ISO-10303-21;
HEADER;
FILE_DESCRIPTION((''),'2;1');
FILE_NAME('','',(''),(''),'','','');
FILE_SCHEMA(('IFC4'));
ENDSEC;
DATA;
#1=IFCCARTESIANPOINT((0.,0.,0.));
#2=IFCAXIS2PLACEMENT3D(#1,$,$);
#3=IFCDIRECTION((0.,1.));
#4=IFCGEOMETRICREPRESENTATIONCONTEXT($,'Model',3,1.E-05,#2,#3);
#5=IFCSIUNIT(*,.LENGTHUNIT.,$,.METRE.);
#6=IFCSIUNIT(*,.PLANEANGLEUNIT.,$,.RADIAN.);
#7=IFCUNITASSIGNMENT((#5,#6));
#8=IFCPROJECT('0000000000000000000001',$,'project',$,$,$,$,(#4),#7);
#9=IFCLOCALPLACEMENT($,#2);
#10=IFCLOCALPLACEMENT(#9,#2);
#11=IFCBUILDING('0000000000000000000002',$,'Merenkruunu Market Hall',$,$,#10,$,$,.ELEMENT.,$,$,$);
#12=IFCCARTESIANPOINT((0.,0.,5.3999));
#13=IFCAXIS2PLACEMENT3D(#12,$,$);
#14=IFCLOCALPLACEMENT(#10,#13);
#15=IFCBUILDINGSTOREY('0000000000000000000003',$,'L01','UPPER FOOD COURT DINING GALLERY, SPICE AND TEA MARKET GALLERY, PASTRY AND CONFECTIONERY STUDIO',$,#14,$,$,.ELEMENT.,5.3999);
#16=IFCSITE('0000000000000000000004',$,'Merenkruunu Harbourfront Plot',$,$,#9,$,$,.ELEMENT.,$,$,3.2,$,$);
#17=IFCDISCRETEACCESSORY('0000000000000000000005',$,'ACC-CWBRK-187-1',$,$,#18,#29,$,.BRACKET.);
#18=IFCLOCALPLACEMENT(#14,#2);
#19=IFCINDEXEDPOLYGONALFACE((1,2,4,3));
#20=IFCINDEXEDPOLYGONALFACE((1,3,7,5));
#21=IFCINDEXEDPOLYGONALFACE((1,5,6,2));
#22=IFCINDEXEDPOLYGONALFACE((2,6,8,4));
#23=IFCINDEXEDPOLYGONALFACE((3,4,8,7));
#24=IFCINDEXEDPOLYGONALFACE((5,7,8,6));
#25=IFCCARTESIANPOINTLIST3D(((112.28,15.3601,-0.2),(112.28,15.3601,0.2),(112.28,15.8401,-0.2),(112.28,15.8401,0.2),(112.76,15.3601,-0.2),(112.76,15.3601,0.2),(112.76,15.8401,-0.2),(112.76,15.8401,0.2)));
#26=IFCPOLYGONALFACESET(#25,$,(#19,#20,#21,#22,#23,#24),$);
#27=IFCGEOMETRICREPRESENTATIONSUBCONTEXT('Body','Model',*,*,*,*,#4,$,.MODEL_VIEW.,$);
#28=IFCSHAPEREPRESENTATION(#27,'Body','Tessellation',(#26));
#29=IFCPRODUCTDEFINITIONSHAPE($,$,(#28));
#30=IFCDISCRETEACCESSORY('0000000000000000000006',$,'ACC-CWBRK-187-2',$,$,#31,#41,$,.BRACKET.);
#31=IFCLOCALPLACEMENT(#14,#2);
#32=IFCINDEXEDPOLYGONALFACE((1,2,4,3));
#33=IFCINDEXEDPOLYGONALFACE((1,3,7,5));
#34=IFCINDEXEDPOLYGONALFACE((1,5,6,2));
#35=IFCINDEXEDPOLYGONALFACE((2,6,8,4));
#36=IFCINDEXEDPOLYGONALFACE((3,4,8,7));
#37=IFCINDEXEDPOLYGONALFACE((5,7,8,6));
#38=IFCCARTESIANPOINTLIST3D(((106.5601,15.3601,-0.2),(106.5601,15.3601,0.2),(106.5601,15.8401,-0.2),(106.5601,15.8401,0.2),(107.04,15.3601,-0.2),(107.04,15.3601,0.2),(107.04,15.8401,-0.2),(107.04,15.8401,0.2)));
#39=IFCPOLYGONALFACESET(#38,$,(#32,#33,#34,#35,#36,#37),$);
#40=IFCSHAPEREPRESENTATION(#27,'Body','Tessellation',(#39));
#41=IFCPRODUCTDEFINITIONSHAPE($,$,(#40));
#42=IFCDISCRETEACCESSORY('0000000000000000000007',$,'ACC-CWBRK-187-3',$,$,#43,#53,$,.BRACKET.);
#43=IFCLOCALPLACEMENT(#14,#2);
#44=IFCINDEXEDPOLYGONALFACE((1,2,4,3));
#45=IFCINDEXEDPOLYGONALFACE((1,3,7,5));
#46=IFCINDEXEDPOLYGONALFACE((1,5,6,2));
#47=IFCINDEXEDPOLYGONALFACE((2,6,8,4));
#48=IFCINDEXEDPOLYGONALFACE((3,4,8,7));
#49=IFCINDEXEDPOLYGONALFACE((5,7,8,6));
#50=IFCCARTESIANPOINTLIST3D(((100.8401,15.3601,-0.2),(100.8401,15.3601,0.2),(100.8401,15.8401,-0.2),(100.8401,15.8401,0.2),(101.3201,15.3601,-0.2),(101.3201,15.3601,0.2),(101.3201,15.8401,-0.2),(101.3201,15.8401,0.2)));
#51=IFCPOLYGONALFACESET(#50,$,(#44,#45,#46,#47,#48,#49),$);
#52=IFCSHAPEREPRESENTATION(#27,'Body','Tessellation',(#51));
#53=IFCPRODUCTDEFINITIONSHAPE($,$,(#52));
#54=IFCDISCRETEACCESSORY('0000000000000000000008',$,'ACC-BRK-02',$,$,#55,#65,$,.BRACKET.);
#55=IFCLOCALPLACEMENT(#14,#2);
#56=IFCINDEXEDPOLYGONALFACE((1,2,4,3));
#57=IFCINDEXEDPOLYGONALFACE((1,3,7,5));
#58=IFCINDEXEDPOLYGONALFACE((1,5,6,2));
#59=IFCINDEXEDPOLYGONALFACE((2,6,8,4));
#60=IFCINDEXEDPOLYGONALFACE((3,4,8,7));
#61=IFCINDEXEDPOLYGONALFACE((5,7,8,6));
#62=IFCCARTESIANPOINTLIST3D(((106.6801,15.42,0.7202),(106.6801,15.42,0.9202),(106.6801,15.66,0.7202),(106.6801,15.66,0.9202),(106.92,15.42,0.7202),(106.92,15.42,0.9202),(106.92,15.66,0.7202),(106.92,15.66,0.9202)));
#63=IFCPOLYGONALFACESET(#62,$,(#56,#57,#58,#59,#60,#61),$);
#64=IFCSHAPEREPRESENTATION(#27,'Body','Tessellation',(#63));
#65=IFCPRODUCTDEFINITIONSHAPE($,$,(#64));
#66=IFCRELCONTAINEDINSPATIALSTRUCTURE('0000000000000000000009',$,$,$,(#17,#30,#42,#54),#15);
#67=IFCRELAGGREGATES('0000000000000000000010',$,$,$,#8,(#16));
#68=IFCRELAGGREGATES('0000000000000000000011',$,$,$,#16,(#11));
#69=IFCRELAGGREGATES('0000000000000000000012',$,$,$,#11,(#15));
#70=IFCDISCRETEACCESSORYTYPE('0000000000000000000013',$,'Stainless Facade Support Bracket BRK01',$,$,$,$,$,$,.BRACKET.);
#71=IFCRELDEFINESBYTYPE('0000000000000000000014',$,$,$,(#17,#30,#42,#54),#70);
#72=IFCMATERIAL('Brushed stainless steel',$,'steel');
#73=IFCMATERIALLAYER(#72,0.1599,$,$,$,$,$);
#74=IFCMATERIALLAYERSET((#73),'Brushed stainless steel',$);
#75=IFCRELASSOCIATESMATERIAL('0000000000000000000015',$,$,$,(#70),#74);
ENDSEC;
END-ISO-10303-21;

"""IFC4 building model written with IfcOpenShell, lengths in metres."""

from ifc_helpers import new_model, si_unit, direction, frame, origin, origin_2d, place, context, subcontext, project, spatial, rectangle, extrude, material, layer, layer_set, type_object, element, save


model = new_model("IFC4")

# Units and contexts
model_context = context("Model", 3, precision=1e-05, world=origin(), true_north=direction((0.0, 1.0)))
body_context = subcontext(model_context, "Body", "Model", "MODEL_VIEW")
ifc_project = project(units=[si_unit("LENGTHUNIT", "METRE"), si_unit("PLANEANGLEUNIT", "RADIAN")], contexts=[model_context])

# Site, building, storey
site_placement = place(None, origin())
site = spatial("IfcSite", under=ifc_project, at=site_placement, Name="Merenkruunu Harbourfront Plot", CompositionType="ELEMENT", RefElevation=3.2)
building_placement = place(site_placement, origin())
building = spatial("IfcBuilding", under=site, at=building_placement, Name="Merenkruunu Market Hall", CompositionType="ELEMENT")
storey_placement = place(building_placement, frame((0.0, 0.0, 5.3999)))
storey = spatial("IfcBuildingStorey", under=building, at=storey_placement, Name="L01", Description="UPPER FOOD COURT DINING GALLERY, SPICE AND TEA MARKET GALLERY, PASTRY AND CONFECTIONERY STUDIO", CompositionType="ELEMENT", Elevation=5.3999)

# Discrete accessories
ifc_material_1 = material(Name="Brushed stainless steel", Category="steel")
ifc_layer_1 = layer(ifc_material_1, 0.1599)
ifc_layer_set_1 = layer_set([ifc_layer_1], Name="Brushed stainless steel")
discrete_accessory_type = type_object("IfcDiscreteAccessoryType", Name="Stainless Facade Support Bracket BRK01", PredefinedType="BRACKET", material=ifc_layer_set_1)
for number, where, z_axis, x_axis, name in (
    (1, (112.52, 15.6001, -0.2), (0.0, 0.0, 1.0), (1.0, 0.0, 0.0), "ACC-CWBRK-187-1"),
    (2, (106.8, 15.6001, -0.2), (0.0, 0.0, 1.0), (1.0, 0.0, 0.0), "ACC-CWBRK-187-2"),
    (3, (101.0801, 15.6001, -0.2), (0.0, 0.0, 1.0), (1.0, 0.0, 0.0), "ACC-CWBRK-187-3"),
):
    element("IfcDiscreteAccessory", number, at=place(storey_placement, frame(where, z_axis=z_axis, x_axis=x_axis)), inside=storey, type_object=discrete_accessory_type, Name=name, PredefinedType="BRACKET", context=body_context, shape_type="SweptSolid", body=[
        extrude(rectangle(XDim=0.48, YDim=0.48, at=origin_2d()), origin(), (0.0, 0.0, 1.0), 0.3999),
    ])
discrete_accessory_placement = place(storey_placement, frame((106.8, 15.54, 0.7202), z_axis=(0.0, 0.0, 1.0), x_axis=(1.0, 0.0, 0.0)))
element("IfcDiscreteAccessory", 4, at=discrete_accessory_placement, inside=storey, type_object=discrete_accessory_type, Name="ACC-BRK-02", PredefinedType="BRACKET", context=body_context, shape_type="SweptSolid", body=[
    extrude(rectangle(XDim=0.24, YDim=0.24, at=origin_2d()), origin(), (0.0, 0.0, 1.0), 0.2),
])

save(model, "model.ifc")
